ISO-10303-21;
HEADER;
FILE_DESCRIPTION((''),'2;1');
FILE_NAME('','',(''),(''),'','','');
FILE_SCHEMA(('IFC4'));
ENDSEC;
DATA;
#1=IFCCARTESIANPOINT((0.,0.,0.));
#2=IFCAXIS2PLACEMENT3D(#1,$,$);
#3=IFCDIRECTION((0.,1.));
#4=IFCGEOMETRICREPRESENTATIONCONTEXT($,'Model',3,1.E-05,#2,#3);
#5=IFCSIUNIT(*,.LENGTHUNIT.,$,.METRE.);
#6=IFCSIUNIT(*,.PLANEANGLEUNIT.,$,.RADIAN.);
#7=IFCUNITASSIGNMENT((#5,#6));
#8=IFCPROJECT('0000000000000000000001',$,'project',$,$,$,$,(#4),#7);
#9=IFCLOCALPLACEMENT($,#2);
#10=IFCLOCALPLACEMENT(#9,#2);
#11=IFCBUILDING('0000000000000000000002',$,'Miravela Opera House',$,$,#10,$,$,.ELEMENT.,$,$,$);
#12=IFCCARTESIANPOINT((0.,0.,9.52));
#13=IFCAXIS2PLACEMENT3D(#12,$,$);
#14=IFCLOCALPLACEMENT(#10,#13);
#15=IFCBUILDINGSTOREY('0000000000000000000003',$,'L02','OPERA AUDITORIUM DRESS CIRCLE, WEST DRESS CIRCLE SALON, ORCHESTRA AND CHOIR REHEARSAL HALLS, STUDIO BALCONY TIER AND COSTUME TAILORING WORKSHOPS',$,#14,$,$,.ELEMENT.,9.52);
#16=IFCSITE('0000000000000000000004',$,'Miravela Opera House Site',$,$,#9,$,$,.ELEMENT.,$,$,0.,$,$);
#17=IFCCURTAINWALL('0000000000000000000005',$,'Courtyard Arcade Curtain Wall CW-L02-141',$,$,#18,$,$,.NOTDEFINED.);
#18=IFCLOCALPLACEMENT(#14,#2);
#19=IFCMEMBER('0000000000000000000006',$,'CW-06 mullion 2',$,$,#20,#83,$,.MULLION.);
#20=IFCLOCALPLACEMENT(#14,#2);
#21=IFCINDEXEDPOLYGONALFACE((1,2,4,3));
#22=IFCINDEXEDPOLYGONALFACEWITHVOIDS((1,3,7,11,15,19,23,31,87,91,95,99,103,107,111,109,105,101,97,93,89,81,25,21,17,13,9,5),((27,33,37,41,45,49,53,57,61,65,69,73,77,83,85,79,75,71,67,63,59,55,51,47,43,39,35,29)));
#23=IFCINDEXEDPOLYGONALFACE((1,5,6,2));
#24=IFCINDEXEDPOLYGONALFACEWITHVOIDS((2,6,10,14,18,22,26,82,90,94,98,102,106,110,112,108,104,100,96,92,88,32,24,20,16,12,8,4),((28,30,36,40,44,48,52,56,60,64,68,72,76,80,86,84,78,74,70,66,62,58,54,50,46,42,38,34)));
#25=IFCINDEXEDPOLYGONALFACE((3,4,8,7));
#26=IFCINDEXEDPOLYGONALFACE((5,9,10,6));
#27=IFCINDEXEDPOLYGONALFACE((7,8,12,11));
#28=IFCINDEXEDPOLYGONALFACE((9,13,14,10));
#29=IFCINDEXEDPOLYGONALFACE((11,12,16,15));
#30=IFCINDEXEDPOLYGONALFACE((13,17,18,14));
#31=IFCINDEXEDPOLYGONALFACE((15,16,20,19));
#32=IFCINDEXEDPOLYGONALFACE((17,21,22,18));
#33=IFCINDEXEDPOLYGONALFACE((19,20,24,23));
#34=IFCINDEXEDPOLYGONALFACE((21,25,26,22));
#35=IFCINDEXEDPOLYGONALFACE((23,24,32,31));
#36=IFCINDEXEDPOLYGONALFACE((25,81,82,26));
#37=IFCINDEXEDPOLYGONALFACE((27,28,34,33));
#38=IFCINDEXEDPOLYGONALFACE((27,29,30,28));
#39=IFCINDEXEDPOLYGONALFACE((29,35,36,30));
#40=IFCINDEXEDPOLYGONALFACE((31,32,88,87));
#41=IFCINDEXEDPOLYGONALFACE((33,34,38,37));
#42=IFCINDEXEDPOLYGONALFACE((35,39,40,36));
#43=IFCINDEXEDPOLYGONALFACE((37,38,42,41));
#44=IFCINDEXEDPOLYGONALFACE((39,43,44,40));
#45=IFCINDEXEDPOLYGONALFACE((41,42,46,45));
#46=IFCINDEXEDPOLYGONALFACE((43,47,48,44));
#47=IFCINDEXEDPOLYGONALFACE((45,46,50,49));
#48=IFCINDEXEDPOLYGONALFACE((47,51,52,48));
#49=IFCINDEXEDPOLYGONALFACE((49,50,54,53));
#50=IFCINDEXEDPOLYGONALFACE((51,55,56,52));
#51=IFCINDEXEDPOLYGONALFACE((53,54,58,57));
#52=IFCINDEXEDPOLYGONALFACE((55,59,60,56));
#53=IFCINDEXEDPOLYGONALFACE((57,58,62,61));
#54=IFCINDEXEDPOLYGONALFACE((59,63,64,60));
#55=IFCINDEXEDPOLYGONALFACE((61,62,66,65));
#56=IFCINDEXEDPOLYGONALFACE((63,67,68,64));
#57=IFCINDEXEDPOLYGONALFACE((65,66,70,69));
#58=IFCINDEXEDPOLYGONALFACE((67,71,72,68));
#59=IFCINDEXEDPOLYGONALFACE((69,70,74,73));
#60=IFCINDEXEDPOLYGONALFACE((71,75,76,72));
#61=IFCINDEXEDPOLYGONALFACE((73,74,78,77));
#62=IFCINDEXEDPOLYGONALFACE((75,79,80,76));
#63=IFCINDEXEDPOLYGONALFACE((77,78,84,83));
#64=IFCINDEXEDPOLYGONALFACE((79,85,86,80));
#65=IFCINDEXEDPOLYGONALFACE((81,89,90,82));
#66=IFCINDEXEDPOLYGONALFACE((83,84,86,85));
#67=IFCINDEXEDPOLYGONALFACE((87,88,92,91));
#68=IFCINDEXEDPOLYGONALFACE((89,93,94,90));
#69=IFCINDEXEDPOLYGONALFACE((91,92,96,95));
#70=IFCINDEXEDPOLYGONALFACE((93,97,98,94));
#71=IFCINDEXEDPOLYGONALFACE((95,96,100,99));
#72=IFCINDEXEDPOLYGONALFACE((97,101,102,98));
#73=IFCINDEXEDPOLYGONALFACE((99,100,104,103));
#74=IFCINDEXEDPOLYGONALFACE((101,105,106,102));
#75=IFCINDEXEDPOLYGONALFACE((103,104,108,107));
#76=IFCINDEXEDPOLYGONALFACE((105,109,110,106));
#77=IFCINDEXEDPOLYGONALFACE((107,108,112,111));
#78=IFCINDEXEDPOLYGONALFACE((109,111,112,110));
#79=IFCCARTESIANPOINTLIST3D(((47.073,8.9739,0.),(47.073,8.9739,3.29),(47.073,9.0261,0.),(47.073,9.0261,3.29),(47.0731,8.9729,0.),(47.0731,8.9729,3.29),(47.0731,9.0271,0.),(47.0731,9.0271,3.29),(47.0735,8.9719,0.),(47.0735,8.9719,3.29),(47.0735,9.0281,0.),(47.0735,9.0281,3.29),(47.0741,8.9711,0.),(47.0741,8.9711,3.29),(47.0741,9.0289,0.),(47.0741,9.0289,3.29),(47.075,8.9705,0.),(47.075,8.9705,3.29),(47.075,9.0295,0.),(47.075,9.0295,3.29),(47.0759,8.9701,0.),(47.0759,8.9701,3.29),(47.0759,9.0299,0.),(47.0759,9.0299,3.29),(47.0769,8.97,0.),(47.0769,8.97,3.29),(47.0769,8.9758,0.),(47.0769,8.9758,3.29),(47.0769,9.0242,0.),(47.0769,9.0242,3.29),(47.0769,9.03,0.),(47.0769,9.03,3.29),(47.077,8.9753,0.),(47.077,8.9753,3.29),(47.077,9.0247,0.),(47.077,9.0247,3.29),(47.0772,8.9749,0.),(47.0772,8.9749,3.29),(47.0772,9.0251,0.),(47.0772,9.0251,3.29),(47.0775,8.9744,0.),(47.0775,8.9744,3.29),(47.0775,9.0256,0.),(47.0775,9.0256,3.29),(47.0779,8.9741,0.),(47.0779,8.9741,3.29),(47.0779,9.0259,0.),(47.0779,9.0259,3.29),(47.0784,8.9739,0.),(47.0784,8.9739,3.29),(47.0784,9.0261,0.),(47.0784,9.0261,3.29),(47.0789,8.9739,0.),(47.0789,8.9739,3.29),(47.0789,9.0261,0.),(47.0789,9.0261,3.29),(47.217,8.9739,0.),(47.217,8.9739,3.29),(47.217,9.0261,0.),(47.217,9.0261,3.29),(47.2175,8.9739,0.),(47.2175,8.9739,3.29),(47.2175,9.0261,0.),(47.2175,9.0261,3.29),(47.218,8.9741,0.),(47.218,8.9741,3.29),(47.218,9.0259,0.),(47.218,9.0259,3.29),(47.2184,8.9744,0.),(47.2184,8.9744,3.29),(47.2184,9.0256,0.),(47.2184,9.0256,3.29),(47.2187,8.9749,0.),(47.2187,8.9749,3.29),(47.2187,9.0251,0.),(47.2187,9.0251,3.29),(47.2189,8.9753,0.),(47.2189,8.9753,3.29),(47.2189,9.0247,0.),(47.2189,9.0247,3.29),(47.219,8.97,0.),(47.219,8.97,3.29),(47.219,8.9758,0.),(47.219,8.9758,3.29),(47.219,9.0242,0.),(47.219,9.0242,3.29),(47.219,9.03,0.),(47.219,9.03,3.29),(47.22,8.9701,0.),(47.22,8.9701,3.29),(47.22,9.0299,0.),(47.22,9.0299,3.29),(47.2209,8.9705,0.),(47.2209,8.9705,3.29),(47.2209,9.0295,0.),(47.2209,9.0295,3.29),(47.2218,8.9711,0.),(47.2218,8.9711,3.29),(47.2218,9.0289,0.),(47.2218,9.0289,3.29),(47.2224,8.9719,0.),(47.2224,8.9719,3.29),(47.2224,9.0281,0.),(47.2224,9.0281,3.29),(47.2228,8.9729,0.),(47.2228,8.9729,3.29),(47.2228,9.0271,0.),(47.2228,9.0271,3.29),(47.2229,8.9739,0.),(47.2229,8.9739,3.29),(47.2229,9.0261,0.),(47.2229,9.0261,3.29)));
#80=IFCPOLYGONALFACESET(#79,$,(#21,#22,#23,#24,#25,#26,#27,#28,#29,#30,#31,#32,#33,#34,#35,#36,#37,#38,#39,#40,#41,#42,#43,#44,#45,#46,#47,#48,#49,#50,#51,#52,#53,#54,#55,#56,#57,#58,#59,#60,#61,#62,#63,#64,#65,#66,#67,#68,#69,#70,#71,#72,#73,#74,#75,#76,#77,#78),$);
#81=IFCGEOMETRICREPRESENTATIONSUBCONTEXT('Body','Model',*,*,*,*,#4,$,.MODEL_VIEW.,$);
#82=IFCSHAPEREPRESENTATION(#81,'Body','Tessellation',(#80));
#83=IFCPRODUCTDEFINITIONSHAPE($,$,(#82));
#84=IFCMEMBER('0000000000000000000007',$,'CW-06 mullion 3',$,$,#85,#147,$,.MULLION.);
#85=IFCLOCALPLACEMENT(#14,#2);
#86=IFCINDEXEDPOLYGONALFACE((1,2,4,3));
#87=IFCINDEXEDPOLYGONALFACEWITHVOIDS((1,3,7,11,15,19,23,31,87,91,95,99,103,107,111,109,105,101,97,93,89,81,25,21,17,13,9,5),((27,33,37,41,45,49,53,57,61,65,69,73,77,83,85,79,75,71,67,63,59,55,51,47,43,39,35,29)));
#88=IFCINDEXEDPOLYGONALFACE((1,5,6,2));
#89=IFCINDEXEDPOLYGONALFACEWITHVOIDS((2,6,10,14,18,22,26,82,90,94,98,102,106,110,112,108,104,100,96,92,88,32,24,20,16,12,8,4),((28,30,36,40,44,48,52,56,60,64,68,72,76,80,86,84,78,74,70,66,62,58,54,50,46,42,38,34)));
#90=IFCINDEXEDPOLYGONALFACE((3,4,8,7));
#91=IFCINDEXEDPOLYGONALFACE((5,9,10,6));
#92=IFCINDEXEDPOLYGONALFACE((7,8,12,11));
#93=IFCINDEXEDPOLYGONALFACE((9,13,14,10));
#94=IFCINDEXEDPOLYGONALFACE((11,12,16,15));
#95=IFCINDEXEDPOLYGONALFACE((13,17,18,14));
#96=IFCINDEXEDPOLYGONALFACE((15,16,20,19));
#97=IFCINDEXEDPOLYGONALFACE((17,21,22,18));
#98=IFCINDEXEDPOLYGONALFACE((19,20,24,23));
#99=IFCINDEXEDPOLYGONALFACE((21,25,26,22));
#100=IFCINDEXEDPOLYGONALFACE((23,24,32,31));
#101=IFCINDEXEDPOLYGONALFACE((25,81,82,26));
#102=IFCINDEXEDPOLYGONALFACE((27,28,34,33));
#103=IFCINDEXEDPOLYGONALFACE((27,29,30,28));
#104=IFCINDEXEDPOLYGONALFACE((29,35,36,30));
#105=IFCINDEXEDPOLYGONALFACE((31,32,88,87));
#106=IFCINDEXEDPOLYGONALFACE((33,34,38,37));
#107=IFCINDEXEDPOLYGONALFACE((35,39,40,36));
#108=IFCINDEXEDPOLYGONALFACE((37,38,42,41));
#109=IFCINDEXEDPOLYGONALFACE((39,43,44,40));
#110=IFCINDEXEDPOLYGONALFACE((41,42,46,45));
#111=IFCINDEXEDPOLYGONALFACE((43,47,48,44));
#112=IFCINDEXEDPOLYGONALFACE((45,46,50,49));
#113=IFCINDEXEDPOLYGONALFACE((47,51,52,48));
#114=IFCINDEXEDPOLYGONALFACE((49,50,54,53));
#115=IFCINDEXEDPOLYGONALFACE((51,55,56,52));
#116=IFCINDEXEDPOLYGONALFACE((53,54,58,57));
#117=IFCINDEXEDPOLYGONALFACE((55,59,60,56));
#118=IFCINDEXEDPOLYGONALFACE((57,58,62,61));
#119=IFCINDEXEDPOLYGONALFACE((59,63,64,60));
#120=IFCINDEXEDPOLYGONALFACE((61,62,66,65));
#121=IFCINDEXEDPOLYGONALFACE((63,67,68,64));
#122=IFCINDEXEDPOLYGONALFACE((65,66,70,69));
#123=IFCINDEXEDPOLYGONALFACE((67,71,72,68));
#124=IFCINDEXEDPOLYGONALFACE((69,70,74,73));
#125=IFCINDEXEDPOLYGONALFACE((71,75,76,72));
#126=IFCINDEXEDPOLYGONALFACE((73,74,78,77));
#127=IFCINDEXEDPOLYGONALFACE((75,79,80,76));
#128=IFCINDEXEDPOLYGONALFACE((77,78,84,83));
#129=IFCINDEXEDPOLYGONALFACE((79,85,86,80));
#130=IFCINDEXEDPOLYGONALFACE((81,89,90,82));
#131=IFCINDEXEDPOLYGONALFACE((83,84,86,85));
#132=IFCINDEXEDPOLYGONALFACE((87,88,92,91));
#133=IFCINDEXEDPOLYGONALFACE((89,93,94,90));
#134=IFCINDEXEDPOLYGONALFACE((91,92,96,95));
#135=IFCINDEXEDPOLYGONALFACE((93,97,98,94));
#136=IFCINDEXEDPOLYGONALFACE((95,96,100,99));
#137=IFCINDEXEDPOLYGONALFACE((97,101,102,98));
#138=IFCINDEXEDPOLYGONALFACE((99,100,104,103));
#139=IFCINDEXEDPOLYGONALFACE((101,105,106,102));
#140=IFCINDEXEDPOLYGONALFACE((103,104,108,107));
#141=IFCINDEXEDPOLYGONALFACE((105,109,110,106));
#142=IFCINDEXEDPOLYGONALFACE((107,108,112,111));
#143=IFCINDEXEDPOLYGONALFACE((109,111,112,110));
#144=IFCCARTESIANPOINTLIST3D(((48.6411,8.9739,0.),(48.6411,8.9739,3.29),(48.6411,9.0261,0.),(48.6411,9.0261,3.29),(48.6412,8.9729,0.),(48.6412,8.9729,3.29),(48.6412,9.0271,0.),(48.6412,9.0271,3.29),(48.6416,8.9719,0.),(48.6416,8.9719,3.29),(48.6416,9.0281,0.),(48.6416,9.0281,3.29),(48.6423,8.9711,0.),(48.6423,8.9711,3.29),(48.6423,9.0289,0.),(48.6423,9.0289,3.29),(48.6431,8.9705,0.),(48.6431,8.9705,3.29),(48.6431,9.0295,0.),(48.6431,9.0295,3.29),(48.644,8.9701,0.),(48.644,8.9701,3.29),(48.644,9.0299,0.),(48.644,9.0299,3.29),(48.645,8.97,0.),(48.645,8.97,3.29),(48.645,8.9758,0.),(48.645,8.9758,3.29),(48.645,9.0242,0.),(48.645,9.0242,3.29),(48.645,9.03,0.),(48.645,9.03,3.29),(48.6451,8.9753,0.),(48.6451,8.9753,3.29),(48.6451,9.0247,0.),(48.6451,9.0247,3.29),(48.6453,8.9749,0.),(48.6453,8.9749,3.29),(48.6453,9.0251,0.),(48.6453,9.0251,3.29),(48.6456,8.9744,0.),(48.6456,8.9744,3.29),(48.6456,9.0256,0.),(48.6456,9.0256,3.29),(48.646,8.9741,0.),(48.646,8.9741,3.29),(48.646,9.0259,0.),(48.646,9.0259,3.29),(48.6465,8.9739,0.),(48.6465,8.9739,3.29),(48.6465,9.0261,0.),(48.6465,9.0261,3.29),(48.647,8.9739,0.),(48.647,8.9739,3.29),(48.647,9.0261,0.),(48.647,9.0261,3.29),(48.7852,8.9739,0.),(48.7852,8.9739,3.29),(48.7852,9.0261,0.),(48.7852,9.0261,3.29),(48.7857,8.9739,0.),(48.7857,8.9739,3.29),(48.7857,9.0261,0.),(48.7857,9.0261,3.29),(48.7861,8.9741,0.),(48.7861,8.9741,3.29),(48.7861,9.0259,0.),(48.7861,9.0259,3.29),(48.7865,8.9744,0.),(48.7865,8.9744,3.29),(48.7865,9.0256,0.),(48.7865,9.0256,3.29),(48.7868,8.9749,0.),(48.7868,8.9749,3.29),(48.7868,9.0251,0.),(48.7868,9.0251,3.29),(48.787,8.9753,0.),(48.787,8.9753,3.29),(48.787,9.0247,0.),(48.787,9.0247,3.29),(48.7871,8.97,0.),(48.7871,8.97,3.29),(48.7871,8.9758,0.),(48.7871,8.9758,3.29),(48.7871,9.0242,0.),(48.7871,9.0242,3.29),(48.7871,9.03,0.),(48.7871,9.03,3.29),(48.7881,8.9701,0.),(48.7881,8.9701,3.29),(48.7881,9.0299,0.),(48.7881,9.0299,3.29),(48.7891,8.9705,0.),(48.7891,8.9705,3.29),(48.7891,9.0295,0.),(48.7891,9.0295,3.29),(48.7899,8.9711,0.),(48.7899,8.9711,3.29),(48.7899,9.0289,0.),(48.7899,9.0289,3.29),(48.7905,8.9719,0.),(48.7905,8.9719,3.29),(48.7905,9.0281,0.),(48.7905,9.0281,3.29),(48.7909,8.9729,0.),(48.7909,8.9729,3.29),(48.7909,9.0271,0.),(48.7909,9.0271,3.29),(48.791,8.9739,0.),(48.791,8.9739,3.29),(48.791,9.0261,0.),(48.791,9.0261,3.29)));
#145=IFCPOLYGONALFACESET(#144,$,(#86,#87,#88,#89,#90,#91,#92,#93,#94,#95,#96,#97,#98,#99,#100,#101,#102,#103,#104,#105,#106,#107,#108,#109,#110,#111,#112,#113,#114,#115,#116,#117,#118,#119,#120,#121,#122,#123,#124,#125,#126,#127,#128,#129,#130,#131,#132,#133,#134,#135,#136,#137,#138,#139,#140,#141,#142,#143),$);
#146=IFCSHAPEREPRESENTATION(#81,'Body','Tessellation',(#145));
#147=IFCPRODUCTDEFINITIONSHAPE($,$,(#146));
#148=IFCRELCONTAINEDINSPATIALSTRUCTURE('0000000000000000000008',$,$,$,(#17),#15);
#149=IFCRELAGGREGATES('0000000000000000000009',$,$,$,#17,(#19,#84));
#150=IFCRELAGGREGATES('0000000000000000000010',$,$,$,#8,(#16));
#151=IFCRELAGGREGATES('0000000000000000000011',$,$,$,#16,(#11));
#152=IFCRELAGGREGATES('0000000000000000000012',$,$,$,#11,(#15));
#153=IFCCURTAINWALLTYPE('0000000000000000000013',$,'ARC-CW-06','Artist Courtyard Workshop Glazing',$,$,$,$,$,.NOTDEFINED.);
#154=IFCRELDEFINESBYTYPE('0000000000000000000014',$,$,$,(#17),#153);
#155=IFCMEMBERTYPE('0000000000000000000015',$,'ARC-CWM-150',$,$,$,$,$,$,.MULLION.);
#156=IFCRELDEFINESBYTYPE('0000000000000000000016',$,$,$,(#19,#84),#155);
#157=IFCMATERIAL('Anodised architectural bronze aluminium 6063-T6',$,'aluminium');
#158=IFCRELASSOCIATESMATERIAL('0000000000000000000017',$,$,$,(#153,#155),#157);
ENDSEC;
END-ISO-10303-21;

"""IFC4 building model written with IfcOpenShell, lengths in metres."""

from ifc_helpers import new_model, si_unit, direction, frame, origin, origin_2d, place, context, subcontext, project, spatial, hollow_rectangle, extrude, material, material_profile, profile_set, type_object, element, aggregate, save


model = new_model("IFC4")

# Units and contexts
model_context = context("Model", 3, precision=1e-05, world=origin(), true_north=direction((0.0, 1.0)))
body_context = subcontext(model_context, "Body", "Model", "MODEL_VIEW")
ifc_project = project(units=[si_unit("LENGTHUNIT", "METRE"), si_unit("PLANEANGLEUNIT", "RADIAN")], contexts=[model_context])

# Site, building, storey
site_placement = place(None, origin())
site = spatial("IfcSite", under=ifc_project, at=site_placement, Name="Miravela Opera House Site", CompositionType="ELEMENT", RefElevation=0.0)
building_placement = place(site_placement, origin())
building = spatial("IfcBuilding", under=site, at=building_placement, Name="Miravela Opera House", CompositionType="ELEMENT")
storey_placement = place(building_placement, frame((0.0, 0.0, 9.52)))
storey = spatial("IfcBuildingStorey", under=building, at=storey_placement, Name="L02", Description="OPERA AUDITORIUM DRESS CIRCLE, WEST DRESS CIRCLE SALON, ORCHESTRA AND CHOIR REHEARSAL HALLS, STUDIO BALCONY TIER AND COSTUME TAILORING WORKSHOPS", CompositionType="ELEMENT", Elevation=9.52)

# Curtain wall, members
ifc_material_1 = material(Name="Anodised architectural bronze aluminium 6063-T6", Category="aluminium")
curtain_wall_type = type_object("IfcCurtainWallType", Name="ARC-CW-06", Description="Artist Courtyard Workshop Glazing", PredefinedType="NOTDEFINED", material=ifc_material_1)
curtain_wall_placement = place(storey_placement, origin())
curtain_wall = element("IfcCurtainWall", 1, at=curtain_wall_placement, inside=storey, type_object=curtain_wall_type, Name="Courtyard Arcade Curtain Wall CW-L02-141", PredefinedType="NOTDEFINED")
ifc_material_profile_1 = material_profile(ifc_material_1, hollow_rectangle(XDim=0.0601, YDim=0.1499, WallThickness=0.0039, InnerFilletRadius=0.002, OuterFilletRadius=0.0039, at=origin_2d()), Name="CWM-60X150")
ifc_profile_set_1 = profile_set([ifc_material_profile_1])
member_type_1 = type_object("IfcMemberType", Name="ARC-CWM-150", PredefinedType="MULLION", material=ifc_profile_set_1)
member_1_placement = place(storey_placement, frame((47.1479, 9.0, 0.0), z_axis=(0.0, 0.0, 1.0), x_axis=(0.0, 1.0, 0.0)))
member_1 = element("IfcMember", 2, at=member_1_placement, type_object=member_type_1, Name="CW-06 mullion 2", PredefinedType="MULLION", context=body_context, shape_type="SweptSolid", body=[
    extrude(hollow_rectangle(XDim=0.0601, YDim=0.1499, WallThickness=0.0039, InnerFilletRadius=0.002, OuterFilletRadius=0.0039, at=origin_2d()), origin(), (0.0, 0.0, 1.0), 3.29),
])
member_2_placement = place(storey_placement, frame((48.7161, 9.0, 0.0), z_axis=(0.0, 0.0, 1.0), x_axis=(0.0, 1.0, 0.0)))
member_2 = element("IfcMember", 3, at=member_2_placement, type_object=member_type_1, Name="CW-06 mullion 3", PredefinedType="MULLION", context=body_context, shape_type="SweptSolid", body=[
    extrude(hollow_rectangle(XDim=0.0601, YDim=0.1499, WallThickness=0.0039, InnerFilletRadius=0.002, OuterFilletRadius=0.0039, at=origin_2d()), origin(), (0.0, 0.0, 1.0), 3.29),
])
aggregate(curtain_wall, [member_1, member_2])

save(model, "model.ifc")
